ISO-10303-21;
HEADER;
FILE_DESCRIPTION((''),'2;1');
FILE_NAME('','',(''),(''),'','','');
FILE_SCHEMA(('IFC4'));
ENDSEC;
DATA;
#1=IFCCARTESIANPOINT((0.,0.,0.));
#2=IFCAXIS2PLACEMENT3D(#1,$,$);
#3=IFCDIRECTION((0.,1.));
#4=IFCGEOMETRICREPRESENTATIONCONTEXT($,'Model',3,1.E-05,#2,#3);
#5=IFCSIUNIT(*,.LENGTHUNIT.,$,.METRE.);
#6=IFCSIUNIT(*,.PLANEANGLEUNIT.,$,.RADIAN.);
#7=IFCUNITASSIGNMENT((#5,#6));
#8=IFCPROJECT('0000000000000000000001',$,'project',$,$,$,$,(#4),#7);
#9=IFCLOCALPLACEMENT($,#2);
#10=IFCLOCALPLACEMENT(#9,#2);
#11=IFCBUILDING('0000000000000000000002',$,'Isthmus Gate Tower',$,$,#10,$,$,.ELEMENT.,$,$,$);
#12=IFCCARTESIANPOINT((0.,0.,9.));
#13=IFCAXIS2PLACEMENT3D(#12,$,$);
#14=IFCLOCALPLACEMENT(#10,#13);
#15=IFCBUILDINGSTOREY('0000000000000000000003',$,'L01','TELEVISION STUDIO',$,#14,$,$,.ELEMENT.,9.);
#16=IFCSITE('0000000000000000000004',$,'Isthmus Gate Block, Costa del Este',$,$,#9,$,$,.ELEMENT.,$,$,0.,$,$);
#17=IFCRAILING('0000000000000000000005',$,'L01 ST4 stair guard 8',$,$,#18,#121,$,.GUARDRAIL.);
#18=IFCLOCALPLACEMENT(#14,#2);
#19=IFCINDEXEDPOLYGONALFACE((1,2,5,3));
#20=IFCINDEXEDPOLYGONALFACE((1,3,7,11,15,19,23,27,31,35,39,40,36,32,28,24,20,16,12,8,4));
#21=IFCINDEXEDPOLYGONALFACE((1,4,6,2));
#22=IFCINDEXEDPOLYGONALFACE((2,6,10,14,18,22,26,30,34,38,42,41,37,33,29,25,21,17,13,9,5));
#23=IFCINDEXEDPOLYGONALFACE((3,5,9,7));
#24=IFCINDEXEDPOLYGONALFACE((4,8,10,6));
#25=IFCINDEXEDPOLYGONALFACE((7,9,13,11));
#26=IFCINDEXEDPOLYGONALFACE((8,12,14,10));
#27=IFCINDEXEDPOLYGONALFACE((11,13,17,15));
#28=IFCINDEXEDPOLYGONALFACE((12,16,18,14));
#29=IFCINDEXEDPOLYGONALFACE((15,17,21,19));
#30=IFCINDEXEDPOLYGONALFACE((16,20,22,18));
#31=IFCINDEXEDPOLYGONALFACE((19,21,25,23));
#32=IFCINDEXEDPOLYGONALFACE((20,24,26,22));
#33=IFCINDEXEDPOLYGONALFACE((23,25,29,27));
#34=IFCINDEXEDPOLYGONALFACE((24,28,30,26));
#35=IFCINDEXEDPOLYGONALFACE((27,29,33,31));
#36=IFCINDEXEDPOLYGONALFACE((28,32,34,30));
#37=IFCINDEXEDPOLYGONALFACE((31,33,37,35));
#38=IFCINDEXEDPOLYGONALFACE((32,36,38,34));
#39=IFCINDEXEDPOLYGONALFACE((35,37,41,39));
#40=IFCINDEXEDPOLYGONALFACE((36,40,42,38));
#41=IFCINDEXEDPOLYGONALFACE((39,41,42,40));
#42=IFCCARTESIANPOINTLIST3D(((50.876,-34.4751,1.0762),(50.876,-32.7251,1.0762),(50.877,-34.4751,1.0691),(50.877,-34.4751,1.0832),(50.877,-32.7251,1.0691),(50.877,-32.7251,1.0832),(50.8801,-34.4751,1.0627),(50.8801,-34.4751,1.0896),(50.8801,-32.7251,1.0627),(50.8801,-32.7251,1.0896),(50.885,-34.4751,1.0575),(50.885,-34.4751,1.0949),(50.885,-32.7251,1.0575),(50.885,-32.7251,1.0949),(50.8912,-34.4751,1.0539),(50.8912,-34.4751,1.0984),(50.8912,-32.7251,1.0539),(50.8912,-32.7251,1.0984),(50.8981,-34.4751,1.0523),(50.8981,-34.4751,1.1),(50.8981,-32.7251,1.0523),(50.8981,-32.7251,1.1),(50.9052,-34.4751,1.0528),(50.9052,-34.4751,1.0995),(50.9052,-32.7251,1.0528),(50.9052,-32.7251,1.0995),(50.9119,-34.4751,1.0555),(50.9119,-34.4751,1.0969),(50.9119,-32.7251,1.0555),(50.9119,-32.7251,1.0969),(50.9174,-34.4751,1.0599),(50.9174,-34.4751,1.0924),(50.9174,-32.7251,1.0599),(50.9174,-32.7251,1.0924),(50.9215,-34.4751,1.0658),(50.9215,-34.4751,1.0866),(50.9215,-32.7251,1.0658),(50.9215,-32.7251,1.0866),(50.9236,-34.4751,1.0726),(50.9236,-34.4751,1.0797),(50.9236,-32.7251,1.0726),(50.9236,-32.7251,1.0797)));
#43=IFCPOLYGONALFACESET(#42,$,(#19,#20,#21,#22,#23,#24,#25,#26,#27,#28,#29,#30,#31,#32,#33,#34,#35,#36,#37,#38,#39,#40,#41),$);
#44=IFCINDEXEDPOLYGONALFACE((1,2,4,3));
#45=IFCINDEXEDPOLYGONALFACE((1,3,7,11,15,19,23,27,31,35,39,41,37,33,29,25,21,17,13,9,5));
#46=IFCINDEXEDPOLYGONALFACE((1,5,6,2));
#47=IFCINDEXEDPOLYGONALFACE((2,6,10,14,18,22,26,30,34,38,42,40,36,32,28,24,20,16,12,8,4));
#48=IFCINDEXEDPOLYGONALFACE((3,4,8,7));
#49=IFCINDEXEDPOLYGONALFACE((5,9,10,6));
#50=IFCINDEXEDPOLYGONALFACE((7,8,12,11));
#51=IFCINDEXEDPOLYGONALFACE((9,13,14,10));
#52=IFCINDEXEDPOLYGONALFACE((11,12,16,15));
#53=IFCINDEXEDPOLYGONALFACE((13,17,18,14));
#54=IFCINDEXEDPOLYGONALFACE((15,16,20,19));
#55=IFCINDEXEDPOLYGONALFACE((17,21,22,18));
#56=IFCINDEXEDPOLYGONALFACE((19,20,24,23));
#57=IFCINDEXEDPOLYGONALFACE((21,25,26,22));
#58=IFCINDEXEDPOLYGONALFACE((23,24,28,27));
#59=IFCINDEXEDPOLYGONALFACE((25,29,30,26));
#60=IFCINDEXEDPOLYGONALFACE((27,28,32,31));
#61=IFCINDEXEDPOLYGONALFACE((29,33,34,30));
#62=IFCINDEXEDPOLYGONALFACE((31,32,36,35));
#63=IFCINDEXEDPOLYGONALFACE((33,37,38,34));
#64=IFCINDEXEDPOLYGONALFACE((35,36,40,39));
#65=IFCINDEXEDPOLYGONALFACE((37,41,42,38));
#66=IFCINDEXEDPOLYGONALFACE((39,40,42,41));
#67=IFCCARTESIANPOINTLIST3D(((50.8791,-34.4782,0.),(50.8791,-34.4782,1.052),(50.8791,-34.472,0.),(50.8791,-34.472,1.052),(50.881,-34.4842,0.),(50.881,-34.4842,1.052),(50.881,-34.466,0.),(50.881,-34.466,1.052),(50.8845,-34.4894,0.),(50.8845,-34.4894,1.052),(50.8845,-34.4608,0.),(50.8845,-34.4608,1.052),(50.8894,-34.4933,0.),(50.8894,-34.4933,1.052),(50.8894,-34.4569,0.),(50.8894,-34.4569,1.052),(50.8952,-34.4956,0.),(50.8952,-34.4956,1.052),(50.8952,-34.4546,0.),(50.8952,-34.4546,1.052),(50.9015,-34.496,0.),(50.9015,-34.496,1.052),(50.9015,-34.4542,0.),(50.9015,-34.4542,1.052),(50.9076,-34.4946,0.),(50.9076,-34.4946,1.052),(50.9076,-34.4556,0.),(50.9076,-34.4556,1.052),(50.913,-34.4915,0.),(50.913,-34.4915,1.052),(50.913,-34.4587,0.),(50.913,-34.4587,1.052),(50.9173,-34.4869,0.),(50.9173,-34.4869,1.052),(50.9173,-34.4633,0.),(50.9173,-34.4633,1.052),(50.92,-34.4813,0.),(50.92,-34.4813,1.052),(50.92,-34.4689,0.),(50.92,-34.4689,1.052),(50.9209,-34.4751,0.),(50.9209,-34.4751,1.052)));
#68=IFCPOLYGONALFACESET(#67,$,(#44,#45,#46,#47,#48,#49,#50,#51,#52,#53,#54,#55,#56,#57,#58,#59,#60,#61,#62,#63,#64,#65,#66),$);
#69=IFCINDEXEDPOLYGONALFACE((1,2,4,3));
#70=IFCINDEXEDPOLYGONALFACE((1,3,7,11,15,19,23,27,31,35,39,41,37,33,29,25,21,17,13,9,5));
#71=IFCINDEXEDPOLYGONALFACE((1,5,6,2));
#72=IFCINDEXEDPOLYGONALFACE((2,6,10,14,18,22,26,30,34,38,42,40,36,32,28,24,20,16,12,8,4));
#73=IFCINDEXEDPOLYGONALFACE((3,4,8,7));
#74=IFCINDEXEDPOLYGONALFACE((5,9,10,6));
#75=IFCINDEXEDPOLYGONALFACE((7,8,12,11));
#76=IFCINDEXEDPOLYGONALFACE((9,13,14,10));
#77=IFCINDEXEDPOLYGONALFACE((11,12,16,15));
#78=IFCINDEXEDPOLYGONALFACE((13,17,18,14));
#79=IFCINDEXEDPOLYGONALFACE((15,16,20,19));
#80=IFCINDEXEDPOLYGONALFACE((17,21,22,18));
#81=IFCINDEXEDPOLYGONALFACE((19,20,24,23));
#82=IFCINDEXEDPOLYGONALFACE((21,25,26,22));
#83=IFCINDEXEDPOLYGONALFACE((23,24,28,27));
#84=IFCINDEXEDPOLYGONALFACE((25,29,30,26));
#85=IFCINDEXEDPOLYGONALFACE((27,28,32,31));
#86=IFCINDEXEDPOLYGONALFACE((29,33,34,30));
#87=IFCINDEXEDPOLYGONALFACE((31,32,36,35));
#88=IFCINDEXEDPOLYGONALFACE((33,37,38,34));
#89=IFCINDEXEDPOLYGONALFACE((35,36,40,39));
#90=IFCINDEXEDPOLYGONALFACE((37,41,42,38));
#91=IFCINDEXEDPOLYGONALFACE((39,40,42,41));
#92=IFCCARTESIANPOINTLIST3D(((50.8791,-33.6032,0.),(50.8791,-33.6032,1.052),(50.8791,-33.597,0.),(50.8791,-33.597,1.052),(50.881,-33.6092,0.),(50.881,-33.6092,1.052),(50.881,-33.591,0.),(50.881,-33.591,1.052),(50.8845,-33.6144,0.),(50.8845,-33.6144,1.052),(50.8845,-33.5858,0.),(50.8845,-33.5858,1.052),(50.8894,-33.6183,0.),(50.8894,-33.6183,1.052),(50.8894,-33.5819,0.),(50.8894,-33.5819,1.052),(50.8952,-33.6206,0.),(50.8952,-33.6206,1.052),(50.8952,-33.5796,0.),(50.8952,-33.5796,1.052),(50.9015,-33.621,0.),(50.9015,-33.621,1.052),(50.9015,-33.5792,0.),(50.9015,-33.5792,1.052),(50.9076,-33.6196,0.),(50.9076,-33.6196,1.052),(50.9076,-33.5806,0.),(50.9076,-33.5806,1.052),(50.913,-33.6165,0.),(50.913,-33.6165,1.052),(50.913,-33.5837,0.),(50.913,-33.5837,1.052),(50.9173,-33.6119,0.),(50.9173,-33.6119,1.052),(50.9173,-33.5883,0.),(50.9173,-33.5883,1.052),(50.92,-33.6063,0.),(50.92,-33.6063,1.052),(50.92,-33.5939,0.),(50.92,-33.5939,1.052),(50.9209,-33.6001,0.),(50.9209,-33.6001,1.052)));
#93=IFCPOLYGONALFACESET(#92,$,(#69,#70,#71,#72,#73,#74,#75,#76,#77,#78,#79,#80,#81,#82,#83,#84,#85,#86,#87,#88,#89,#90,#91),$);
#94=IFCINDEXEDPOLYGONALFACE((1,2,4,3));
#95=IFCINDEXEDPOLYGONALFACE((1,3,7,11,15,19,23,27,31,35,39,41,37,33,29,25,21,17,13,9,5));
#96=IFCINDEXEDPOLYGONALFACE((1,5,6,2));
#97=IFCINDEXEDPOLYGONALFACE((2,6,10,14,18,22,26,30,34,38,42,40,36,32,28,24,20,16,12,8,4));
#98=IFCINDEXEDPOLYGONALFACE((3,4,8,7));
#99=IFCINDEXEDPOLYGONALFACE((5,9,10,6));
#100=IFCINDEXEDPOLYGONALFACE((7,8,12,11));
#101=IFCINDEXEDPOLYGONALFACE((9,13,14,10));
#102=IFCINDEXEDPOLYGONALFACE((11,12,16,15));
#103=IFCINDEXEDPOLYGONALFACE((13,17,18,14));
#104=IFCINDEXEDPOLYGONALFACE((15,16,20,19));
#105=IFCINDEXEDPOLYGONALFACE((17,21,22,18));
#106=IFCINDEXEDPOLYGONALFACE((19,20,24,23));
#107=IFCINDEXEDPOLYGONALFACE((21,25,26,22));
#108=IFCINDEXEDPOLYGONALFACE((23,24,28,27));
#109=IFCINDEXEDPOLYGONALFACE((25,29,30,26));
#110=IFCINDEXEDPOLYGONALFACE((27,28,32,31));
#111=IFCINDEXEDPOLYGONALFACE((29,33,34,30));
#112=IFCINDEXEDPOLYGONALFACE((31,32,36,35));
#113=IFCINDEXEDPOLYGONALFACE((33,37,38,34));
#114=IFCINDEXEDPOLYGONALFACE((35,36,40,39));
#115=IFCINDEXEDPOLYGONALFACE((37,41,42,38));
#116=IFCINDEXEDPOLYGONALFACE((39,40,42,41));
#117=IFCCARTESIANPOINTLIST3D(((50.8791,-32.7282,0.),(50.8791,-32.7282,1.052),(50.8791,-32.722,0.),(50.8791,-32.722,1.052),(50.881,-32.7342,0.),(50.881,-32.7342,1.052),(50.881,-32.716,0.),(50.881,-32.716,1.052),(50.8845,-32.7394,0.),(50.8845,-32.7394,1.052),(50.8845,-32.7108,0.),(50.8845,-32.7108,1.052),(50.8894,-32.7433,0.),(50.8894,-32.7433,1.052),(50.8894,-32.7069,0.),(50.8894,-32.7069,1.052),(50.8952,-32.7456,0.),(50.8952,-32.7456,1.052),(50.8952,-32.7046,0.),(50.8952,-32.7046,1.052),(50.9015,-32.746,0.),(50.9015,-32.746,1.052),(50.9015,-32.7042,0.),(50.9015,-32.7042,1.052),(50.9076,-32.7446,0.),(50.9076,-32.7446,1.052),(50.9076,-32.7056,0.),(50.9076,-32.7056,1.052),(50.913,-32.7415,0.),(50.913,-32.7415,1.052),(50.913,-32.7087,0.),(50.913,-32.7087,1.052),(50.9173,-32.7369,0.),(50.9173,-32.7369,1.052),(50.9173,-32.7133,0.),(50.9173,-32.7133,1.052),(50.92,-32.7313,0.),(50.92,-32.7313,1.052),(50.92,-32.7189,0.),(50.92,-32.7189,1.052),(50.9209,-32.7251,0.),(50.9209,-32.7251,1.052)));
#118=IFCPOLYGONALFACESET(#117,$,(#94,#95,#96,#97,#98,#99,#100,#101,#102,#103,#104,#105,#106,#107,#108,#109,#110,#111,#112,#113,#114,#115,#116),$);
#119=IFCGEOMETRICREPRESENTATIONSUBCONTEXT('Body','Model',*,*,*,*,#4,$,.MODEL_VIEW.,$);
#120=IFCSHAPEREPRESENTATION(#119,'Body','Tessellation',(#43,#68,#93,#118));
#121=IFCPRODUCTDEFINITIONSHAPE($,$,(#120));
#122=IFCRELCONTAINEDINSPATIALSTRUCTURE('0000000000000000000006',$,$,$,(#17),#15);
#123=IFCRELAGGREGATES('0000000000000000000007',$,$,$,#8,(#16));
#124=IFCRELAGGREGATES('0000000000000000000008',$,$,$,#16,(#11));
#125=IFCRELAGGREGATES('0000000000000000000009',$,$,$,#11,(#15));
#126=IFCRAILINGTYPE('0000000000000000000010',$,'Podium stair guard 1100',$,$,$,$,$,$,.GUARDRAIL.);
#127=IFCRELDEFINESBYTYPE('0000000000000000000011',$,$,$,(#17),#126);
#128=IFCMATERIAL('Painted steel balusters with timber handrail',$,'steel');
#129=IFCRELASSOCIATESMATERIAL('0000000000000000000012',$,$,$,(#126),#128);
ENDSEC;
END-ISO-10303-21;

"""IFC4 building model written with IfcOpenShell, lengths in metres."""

from ifc_helpers import new_model, si_unit, direction, frame, origin, origin_2d, place, context, subcontext, project, spatial, circle, extrude, material, type_object, element, save


model = new_model("IFC4")

# Units and contexts
model_context = context("Model", 3, precision=1e-05, world=origin(), true_north=direction((0.0, 1.0)))
body_context = subcontext(model_context, "Body", "Model", "MODEL_VIEW")
ifc_project = project(units=[si_unit("LENGTHUNIT", "METRE"), si_unit("PLANEANGLEUNIT", "RADIAN")], contexts=[model_context])

# Site, building, storey
site_placement = place(None, origin())
site = spatial("IfcSite", under=ifc_project, at=site_placement, Name="Isthmus Gate Block, Costa del Este", CompositionType="ELEMENT", RefElevation=0.0)
building_placement = place(site_placement, origin())
building = spatial("IfcBuilding", under=site, at=building_placement, Name="Isthmus Gate Tower", CompositionType="ELEMENT")
storey_placement = place(building_placement, frame((0.0, 0.0, 9.0)))
storey = spatial("IfcBuildingStorey", under=building, at=storey_placement, Name="L01", Description="TELEVISION STUDIO", CompositionType="ELEMENT", Elevation=9.0)

# Railing
ifc_material_1 = material(Name="Painted steel balusters with timber handrail", Category="steel")
railing_type_1 = type_object("IfcRailingType", Name="Podium stair guard 1100", PredefinedType="GUARDRAIL", material=ifc_material_1)
railing_1_placement = place(storey_placement, frame((50.8999, -34.4751, 0.0)))
element("IfcRailing", 1, at=railing_1_placement, inside=storey, type_object=railing_type_1, Name="L01 ST4 stair guard 8", PredefinedType="GUARDRAIL", context=body_context, shape_type="SweptSolid", body=[
    extrude(circle(Radius=0.0239, at=origin_2d()), frame((0.0, 0.0, 1.0762), z_axis=(0.0, 1.0, 0.0), x_axis=(-1.0, 0.0, 0.0)), (0.0, 0.0, 1.0), 1.75),
    extrude(circle(Radius=0.021, at=origin_2d()), origin(), (0.0, 0.0, 1.0), 1.052),
    extrude(circle(Radius=0.021, at=origin_2d()), frame((0.0, 0.875, 0.0)), (0.0, 0.0, 1.0), 1.052),
    extrude(circle(Radius=0.021, at=origin_2d()), frame((0.0, 1.75, 0.0)), (0.0, 0.0, 1.0), 1.052),
])

save(model, "model.ifc")
